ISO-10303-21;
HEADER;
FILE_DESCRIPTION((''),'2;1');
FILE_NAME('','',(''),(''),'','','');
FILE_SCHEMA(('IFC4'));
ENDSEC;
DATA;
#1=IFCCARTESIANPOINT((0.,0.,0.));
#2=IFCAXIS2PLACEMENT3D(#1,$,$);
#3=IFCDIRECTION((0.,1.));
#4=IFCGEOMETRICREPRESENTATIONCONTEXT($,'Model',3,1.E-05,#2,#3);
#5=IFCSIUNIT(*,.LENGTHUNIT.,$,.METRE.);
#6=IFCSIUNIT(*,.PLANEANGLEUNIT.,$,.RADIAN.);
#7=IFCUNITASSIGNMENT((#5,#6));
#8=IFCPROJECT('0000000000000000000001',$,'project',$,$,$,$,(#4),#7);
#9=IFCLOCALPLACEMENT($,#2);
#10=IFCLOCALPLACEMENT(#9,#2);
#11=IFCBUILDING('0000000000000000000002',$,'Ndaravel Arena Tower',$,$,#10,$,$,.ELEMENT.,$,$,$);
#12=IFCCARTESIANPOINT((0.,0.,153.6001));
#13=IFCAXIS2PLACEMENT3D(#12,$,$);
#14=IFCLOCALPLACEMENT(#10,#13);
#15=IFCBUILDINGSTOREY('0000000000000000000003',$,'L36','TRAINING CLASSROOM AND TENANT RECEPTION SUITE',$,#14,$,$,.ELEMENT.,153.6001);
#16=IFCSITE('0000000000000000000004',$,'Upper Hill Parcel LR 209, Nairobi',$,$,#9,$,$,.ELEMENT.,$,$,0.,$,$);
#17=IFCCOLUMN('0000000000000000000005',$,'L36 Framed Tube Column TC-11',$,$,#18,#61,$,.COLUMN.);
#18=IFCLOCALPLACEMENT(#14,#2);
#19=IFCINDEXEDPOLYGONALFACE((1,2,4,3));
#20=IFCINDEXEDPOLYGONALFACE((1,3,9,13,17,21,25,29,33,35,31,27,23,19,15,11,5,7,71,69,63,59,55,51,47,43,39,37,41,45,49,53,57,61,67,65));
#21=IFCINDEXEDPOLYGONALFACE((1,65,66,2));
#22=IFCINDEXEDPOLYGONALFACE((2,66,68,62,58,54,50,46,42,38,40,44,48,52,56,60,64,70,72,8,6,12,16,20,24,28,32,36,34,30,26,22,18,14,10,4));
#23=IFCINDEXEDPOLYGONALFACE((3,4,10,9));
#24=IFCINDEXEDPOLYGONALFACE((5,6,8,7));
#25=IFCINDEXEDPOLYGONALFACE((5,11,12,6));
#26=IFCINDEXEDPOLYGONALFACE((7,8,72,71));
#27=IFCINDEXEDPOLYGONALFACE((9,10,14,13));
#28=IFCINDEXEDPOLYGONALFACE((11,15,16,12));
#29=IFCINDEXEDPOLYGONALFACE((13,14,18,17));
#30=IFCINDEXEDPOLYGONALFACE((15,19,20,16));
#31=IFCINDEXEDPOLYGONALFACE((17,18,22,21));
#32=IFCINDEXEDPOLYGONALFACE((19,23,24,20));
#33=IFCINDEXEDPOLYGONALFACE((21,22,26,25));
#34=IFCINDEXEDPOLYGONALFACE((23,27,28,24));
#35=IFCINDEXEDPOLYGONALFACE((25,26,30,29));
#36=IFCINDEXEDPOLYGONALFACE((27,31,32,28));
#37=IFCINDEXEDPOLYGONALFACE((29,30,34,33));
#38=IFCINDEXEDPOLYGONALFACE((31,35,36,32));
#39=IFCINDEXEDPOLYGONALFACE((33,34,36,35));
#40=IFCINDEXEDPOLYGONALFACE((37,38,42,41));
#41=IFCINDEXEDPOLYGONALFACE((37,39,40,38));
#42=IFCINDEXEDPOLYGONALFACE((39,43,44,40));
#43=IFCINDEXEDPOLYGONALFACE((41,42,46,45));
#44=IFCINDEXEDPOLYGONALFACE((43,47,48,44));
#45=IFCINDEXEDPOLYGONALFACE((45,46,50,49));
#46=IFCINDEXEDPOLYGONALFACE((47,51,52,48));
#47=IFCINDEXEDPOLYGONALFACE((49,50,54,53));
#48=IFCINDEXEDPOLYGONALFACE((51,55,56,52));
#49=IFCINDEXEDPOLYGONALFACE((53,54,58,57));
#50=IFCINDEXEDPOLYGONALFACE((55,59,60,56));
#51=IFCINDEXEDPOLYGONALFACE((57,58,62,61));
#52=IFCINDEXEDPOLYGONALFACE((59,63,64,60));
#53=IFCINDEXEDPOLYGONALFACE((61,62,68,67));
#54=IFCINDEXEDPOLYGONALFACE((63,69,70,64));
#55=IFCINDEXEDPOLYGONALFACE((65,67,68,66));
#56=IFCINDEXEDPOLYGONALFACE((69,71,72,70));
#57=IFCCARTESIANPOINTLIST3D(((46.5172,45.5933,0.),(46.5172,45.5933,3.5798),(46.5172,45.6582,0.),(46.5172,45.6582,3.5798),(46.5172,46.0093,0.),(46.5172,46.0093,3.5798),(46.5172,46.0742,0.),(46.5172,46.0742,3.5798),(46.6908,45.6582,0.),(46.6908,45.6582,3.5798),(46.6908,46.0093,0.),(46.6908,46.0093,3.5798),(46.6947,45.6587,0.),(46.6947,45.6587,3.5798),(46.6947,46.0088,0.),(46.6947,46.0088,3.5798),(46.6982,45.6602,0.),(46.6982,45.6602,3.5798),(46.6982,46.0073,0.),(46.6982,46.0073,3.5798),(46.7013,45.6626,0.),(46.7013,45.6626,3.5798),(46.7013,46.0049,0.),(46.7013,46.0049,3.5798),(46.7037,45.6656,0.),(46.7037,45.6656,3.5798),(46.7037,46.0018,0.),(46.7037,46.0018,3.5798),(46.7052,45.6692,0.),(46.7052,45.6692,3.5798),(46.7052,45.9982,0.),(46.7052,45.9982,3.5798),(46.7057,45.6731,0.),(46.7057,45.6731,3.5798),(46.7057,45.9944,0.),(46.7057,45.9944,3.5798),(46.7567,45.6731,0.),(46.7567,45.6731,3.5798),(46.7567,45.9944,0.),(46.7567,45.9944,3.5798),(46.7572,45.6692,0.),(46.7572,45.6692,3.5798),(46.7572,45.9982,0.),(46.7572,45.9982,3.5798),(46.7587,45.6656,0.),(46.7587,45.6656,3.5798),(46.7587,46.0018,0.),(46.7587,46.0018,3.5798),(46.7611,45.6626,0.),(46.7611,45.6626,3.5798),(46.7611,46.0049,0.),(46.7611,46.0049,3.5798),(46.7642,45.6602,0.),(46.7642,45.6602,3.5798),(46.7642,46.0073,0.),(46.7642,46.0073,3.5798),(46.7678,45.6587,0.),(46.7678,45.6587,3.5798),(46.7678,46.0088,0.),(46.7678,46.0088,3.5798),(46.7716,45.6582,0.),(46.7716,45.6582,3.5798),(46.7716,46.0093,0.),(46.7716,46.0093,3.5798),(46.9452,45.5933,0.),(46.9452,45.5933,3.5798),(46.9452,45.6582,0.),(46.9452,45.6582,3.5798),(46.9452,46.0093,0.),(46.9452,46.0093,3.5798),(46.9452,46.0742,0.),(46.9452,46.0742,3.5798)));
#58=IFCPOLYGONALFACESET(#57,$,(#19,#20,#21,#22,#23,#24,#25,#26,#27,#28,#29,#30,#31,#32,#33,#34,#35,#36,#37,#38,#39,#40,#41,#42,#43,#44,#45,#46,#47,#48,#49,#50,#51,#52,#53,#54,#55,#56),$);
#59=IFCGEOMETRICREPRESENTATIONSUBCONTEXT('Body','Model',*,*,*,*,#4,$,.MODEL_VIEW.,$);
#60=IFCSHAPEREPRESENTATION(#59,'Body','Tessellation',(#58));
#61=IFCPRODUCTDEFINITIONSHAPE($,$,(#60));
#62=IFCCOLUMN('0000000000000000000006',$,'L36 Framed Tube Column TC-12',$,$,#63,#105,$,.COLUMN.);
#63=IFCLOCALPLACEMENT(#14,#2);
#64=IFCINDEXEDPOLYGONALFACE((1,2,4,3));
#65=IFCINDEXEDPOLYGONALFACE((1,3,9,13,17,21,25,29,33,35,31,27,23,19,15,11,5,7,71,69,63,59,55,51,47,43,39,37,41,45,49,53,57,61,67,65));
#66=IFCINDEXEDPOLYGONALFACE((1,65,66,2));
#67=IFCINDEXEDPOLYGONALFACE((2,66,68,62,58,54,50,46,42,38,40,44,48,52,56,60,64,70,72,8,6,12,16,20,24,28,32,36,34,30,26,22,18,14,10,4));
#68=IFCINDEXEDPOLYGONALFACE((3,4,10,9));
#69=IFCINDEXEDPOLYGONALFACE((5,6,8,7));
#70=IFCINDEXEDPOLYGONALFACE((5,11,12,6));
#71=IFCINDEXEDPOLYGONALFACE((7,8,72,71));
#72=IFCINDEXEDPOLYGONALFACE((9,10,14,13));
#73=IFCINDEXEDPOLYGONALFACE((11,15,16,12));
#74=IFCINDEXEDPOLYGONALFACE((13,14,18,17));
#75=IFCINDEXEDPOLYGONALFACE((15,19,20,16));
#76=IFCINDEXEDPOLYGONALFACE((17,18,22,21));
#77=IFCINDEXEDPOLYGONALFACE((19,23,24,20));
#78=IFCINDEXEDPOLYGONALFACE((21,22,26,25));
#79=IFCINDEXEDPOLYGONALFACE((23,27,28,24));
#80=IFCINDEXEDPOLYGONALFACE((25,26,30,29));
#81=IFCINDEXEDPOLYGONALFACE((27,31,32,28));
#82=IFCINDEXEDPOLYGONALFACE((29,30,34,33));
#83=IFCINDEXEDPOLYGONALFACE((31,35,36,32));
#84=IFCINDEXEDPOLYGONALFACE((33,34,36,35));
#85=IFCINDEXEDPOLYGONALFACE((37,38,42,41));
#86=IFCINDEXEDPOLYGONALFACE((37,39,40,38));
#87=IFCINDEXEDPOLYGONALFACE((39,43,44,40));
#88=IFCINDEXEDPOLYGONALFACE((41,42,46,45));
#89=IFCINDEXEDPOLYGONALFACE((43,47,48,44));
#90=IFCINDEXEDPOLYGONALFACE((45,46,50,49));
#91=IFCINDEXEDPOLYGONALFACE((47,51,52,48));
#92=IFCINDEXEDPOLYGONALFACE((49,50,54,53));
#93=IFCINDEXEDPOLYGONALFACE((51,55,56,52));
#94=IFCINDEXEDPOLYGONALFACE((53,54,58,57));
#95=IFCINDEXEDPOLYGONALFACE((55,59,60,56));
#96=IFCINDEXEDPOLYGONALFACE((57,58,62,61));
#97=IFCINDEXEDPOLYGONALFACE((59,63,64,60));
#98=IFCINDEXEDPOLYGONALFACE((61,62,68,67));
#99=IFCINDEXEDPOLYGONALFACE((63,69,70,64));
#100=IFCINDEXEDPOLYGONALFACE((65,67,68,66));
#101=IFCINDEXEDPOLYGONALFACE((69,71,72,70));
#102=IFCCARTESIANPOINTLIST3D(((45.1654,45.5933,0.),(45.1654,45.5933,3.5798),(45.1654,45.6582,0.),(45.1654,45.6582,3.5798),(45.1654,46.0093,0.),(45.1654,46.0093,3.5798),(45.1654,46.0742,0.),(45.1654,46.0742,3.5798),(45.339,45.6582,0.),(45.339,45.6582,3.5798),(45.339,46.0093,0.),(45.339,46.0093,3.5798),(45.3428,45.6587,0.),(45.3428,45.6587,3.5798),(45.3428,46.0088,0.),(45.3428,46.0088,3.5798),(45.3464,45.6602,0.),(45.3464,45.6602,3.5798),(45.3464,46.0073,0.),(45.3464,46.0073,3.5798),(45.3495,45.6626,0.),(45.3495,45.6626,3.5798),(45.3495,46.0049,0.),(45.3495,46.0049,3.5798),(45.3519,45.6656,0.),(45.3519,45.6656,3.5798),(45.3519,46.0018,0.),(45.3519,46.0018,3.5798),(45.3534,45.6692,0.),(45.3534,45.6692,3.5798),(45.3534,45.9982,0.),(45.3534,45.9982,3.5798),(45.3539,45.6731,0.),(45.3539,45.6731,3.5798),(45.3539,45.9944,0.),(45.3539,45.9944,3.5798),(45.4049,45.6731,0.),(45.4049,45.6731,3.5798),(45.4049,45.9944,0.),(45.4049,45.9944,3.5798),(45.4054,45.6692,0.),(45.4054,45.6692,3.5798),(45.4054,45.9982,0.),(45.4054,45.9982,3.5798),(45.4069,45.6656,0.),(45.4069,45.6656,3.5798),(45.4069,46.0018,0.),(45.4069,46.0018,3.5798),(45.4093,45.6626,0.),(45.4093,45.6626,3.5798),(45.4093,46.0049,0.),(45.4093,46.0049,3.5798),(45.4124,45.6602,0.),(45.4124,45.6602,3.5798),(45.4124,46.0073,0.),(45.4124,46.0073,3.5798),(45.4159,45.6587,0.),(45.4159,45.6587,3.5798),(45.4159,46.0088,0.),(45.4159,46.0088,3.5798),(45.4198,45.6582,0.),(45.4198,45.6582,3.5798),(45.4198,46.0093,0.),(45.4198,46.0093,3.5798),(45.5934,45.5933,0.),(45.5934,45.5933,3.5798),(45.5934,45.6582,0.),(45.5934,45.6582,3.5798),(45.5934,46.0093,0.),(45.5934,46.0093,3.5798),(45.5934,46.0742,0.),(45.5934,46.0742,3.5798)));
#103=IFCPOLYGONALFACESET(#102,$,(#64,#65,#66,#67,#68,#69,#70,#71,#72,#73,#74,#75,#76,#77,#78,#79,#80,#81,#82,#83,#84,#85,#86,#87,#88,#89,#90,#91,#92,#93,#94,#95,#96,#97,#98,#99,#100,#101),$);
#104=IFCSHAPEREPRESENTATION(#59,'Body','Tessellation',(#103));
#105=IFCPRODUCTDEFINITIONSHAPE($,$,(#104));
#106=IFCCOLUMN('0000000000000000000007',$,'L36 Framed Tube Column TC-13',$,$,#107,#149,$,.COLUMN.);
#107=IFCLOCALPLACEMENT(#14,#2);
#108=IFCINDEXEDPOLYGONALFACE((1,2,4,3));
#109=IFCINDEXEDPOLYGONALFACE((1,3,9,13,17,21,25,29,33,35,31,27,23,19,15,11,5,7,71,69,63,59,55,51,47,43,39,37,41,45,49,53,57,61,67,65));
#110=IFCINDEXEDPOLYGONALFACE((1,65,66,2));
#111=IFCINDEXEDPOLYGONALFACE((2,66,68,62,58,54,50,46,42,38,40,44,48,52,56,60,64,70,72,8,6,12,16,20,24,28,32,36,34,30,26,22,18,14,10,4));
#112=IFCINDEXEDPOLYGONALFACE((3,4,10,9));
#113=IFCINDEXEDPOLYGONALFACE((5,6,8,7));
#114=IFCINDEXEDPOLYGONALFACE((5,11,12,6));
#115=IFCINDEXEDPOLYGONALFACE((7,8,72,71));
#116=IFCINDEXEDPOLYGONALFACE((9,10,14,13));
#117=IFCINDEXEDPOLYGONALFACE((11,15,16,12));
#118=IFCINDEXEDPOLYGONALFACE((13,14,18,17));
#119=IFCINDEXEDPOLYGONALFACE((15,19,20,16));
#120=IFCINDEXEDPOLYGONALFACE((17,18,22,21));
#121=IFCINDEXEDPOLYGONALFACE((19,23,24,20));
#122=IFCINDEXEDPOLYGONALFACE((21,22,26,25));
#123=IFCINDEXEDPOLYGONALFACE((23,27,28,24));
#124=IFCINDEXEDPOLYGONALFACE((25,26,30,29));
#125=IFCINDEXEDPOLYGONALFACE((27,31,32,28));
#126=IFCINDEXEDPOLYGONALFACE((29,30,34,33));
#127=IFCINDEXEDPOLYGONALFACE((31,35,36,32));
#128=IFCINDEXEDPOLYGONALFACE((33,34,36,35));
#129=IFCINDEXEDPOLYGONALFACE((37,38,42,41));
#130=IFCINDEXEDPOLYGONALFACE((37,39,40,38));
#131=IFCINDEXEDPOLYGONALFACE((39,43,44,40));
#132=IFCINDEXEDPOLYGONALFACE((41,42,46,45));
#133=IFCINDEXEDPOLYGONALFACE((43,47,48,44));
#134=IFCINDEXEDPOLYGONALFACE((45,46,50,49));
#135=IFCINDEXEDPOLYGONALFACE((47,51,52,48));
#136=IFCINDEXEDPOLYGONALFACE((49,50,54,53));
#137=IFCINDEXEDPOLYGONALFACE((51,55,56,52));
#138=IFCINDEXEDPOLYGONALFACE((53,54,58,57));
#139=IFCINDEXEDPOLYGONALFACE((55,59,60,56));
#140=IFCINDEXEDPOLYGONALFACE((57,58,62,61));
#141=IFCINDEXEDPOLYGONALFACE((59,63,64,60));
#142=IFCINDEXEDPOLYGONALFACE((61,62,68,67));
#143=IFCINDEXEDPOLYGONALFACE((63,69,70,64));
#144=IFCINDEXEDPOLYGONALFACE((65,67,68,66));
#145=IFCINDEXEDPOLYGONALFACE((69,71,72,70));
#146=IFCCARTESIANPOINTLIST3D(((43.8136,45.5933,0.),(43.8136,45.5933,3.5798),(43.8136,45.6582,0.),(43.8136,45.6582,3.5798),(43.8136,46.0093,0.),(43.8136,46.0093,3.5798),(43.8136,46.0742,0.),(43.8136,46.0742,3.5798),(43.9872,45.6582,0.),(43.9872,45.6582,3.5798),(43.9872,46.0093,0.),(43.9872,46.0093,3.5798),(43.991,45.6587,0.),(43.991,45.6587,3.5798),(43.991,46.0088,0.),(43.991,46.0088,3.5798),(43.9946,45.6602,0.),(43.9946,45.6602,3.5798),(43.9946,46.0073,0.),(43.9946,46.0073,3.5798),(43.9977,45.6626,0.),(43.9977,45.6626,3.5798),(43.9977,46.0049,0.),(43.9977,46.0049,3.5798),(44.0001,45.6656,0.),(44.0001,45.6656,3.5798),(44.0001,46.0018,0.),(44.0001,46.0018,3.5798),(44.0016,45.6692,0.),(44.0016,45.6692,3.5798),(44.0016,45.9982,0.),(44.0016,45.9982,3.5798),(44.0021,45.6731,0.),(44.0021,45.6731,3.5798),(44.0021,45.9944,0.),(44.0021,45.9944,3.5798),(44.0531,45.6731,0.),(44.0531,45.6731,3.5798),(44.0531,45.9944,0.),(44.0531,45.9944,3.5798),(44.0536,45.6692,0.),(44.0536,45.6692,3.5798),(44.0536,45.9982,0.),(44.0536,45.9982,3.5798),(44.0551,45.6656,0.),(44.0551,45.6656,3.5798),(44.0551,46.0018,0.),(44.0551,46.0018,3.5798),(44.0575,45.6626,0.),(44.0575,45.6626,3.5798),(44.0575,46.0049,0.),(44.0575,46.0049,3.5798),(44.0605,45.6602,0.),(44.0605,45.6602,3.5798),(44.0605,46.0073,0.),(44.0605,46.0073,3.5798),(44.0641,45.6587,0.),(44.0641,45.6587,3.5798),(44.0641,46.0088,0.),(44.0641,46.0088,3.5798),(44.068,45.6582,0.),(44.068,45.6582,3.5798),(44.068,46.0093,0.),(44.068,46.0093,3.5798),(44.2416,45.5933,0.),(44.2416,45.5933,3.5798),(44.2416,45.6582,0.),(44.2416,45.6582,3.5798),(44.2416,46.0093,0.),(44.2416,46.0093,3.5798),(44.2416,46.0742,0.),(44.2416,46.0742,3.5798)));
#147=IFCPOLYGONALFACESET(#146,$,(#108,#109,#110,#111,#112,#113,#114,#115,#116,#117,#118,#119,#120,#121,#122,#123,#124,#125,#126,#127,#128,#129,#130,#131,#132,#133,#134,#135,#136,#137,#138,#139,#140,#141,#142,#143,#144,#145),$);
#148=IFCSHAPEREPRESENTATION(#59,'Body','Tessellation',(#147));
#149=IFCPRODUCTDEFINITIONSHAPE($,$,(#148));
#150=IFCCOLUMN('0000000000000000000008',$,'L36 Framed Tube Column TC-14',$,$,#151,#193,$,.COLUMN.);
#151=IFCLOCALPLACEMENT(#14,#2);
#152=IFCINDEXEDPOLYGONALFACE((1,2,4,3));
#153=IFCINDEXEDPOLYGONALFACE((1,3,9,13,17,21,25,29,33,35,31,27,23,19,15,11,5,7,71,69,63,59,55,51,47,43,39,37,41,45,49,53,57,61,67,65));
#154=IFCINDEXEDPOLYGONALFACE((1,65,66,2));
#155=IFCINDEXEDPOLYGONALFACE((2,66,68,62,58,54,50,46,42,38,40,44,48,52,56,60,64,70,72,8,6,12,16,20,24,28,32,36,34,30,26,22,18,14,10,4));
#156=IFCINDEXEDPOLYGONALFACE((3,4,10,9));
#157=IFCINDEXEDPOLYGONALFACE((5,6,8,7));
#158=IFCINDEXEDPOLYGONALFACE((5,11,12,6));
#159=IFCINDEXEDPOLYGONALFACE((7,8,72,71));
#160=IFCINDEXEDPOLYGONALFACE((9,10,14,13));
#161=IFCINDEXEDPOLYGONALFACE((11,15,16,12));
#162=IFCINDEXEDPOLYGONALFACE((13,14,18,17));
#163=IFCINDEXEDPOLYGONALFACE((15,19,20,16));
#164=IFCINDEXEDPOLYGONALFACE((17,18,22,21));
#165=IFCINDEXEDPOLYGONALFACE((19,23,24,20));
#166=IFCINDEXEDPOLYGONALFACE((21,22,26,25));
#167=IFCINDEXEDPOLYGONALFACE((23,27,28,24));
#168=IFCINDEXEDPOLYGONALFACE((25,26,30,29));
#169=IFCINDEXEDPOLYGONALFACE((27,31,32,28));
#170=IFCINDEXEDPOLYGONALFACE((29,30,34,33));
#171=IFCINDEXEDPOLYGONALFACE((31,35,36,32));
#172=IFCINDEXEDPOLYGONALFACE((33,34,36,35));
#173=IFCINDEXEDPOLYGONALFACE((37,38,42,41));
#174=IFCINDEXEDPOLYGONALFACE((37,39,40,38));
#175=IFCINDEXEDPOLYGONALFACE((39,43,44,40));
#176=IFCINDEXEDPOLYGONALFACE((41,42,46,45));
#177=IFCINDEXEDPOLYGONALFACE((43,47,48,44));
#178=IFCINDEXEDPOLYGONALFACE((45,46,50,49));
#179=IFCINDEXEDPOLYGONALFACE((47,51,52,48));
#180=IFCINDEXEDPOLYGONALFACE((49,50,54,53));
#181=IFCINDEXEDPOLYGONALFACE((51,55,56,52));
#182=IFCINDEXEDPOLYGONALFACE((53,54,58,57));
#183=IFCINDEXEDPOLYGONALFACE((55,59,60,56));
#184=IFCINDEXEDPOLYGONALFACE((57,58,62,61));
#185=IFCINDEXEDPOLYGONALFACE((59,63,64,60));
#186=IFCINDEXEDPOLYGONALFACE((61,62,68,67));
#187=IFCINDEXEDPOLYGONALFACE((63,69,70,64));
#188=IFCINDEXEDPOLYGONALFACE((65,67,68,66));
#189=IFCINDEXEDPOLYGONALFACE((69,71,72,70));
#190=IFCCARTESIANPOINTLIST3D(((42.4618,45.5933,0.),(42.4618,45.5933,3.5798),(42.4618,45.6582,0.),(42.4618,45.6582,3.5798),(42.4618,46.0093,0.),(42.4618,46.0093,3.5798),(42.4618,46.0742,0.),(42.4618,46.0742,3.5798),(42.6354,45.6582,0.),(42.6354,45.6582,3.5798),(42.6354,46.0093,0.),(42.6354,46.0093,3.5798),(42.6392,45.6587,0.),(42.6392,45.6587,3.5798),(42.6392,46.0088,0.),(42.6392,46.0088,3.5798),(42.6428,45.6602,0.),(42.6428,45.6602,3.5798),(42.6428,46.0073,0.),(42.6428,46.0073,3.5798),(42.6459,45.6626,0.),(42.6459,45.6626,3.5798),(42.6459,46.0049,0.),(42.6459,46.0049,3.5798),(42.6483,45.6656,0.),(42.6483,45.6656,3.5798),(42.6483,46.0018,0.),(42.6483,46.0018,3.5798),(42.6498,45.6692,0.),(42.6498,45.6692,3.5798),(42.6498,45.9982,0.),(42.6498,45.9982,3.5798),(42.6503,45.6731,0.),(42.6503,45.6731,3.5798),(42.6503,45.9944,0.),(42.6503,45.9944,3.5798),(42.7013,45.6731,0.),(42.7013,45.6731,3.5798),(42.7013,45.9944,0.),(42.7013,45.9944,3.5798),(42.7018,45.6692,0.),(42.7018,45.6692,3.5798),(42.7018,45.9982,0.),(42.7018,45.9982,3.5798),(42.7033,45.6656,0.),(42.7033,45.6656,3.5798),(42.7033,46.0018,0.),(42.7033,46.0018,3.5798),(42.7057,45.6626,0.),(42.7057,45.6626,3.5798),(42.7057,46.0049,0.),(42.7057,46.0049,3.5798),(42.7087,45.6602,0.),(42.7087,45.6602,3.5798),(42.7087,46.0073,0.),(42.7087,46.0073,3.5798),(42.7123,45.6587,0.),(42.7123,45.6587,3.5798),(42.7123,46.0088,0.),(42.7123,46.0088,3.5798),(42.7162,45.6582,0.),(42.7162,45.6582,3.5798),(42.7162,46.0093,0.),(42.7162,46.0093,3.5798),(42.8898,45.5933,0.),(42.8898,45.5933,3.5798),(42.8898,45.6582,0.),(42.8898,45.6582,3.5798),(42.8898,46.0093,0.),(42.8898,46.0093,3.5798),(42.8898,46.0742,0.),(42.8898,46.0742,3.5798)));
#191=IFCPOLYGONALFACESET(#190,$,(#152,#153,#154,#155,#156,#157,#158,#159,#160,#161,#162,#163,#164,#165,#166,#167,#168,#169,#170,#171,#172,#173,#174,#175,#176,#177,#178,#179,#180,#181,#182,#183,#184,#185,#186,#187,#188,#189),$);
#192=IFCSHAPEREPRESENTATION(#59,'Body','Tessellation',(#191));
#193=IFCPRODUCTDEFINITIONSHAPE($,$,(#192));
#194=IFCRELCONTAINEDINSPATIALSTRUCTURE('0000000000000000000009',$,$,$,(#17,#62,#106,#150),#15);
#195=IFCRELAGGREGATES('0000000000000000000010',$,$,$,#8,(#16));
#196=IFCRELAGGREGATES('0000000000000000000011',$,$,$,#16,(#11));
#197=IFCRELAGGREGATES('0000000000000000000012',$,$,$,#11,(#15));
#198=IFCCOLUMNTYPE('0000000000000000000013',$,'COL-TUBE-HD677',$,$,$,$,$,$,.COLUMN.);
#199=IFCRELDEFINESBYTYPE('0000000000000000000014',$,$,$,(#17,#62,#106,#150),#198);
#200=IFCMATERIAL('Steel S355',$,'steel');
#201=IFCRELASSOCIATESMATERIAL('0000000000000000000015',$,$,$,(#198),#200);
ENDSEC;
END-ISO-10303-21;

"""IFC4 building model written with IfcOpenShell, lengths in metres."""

from ifc_helpers import new_model, si_unit, direction, frame, origin, origin_2d, place, context, subcontext, project, spatial, i_section, extrude, material, material_profile, profile_set, type_object, element, save


model = new_model("IFC4")

# Units and contexts
model_context = context("Model", 3, precision=1e-05, world=origin(), true_north=direction((0.0, 1.0)))
body_context = subcontext(model_context, "Body", "Model", "MODEL_VIEW")
ifc_project = project(units=[si_unit("LENGTHUNIT", "METRE"), si_unit("PLANEANGLEUNIT", "RADIAN")], contexts=[model_context])

# Site, building, storey
site_placement = place(None, origin())
site = spatial("IfcSite", under=ifc_project, at=site_placement, Name="Upper Hill Parcel LR 209, Nairobi", CompositionType="ELEMENT", RefElevation=0.0)
building_placement = place(site_placement, origin())
building = spatial("IfcBuilding", under=site, at=building_placement, Name="Ndaravel Arena Tower", CompositionType="ELEMENT")
storey_placement = place(building_placement, frame((0.0, 0.0, 153.6001)))
storey = spatial("IfcBuildingStorey", under=building, at=storey_placement, Name="L36", Description="TRAINING CLASSROOM AND TENANT RECEPTION SUITE", CompositionType="ELEMENT", Elevation=153.6001)

# Columns
ifc_material_1 = material(Name="Steel S355", Category="steel")
ifc_material_profile_1 = material_profile(ifc_material_1, i_section(OverallWidth=0.428, OverallDepth=0.481, WebThickness=0.051, FlangeThickness=0.0649, FilletRadius=0.0149, at=origin_2d()), Name="HD 400x677")
ifc_profile_set_1 = profile_set([ifc_material_profile_1], Name="Steel S355")
column_type = type_object("IfcColumnType", Name="COL-TUBE-HD677", PredefinedType="COLUMN", material=ifc_profile_set_1)
for number, where, z_axis, x_axis, name in (
    (1, (46.7312, 45.8337, 0.0), (0.0, 0.0, 1.0), (1.0, 0.0, 0.0), "L36 Framed Tube Column TC-11"),
    (2, (45.3794, 45.8337, 0.0), (0.0, 0.0, 1.0), (1.0, 0.0, 0.0), "L36 Framed Tube Column TC-12"),
    (3, (44.0276, 45.8337, 0.0), (0.0, 0.0, 1.0), (1.0, 0.0, 0.0), "L36 Framed Tube Column TC-13"),
    (4, (42.6758, 45.8337, 0.0), (0.0, 0.0, 1.0), (1.0, 0.0, 0.0), "L36 Framed Tube Column TC-14"),
):
    element("IfcColumn", number, at=place(storey_placement, frame(where, z_axis=z_axis, x_axis=x_axis)), inside=storey, type_object=column_type, Name=name, PredefinedType="COLUMN", context=body_context, shape_type="SweptSolid", body=[
        extrude(i_section(OverallWidth=0.428, OverallDepth=0.481, WebThickness=0.051, FlangeThickness=0.0649, FilletRadius=0.0149, at=origin_2d()), origin(), (0.0, 0.0, 1.0), 3.5798),
    ])

save(model, "model.ifc")
